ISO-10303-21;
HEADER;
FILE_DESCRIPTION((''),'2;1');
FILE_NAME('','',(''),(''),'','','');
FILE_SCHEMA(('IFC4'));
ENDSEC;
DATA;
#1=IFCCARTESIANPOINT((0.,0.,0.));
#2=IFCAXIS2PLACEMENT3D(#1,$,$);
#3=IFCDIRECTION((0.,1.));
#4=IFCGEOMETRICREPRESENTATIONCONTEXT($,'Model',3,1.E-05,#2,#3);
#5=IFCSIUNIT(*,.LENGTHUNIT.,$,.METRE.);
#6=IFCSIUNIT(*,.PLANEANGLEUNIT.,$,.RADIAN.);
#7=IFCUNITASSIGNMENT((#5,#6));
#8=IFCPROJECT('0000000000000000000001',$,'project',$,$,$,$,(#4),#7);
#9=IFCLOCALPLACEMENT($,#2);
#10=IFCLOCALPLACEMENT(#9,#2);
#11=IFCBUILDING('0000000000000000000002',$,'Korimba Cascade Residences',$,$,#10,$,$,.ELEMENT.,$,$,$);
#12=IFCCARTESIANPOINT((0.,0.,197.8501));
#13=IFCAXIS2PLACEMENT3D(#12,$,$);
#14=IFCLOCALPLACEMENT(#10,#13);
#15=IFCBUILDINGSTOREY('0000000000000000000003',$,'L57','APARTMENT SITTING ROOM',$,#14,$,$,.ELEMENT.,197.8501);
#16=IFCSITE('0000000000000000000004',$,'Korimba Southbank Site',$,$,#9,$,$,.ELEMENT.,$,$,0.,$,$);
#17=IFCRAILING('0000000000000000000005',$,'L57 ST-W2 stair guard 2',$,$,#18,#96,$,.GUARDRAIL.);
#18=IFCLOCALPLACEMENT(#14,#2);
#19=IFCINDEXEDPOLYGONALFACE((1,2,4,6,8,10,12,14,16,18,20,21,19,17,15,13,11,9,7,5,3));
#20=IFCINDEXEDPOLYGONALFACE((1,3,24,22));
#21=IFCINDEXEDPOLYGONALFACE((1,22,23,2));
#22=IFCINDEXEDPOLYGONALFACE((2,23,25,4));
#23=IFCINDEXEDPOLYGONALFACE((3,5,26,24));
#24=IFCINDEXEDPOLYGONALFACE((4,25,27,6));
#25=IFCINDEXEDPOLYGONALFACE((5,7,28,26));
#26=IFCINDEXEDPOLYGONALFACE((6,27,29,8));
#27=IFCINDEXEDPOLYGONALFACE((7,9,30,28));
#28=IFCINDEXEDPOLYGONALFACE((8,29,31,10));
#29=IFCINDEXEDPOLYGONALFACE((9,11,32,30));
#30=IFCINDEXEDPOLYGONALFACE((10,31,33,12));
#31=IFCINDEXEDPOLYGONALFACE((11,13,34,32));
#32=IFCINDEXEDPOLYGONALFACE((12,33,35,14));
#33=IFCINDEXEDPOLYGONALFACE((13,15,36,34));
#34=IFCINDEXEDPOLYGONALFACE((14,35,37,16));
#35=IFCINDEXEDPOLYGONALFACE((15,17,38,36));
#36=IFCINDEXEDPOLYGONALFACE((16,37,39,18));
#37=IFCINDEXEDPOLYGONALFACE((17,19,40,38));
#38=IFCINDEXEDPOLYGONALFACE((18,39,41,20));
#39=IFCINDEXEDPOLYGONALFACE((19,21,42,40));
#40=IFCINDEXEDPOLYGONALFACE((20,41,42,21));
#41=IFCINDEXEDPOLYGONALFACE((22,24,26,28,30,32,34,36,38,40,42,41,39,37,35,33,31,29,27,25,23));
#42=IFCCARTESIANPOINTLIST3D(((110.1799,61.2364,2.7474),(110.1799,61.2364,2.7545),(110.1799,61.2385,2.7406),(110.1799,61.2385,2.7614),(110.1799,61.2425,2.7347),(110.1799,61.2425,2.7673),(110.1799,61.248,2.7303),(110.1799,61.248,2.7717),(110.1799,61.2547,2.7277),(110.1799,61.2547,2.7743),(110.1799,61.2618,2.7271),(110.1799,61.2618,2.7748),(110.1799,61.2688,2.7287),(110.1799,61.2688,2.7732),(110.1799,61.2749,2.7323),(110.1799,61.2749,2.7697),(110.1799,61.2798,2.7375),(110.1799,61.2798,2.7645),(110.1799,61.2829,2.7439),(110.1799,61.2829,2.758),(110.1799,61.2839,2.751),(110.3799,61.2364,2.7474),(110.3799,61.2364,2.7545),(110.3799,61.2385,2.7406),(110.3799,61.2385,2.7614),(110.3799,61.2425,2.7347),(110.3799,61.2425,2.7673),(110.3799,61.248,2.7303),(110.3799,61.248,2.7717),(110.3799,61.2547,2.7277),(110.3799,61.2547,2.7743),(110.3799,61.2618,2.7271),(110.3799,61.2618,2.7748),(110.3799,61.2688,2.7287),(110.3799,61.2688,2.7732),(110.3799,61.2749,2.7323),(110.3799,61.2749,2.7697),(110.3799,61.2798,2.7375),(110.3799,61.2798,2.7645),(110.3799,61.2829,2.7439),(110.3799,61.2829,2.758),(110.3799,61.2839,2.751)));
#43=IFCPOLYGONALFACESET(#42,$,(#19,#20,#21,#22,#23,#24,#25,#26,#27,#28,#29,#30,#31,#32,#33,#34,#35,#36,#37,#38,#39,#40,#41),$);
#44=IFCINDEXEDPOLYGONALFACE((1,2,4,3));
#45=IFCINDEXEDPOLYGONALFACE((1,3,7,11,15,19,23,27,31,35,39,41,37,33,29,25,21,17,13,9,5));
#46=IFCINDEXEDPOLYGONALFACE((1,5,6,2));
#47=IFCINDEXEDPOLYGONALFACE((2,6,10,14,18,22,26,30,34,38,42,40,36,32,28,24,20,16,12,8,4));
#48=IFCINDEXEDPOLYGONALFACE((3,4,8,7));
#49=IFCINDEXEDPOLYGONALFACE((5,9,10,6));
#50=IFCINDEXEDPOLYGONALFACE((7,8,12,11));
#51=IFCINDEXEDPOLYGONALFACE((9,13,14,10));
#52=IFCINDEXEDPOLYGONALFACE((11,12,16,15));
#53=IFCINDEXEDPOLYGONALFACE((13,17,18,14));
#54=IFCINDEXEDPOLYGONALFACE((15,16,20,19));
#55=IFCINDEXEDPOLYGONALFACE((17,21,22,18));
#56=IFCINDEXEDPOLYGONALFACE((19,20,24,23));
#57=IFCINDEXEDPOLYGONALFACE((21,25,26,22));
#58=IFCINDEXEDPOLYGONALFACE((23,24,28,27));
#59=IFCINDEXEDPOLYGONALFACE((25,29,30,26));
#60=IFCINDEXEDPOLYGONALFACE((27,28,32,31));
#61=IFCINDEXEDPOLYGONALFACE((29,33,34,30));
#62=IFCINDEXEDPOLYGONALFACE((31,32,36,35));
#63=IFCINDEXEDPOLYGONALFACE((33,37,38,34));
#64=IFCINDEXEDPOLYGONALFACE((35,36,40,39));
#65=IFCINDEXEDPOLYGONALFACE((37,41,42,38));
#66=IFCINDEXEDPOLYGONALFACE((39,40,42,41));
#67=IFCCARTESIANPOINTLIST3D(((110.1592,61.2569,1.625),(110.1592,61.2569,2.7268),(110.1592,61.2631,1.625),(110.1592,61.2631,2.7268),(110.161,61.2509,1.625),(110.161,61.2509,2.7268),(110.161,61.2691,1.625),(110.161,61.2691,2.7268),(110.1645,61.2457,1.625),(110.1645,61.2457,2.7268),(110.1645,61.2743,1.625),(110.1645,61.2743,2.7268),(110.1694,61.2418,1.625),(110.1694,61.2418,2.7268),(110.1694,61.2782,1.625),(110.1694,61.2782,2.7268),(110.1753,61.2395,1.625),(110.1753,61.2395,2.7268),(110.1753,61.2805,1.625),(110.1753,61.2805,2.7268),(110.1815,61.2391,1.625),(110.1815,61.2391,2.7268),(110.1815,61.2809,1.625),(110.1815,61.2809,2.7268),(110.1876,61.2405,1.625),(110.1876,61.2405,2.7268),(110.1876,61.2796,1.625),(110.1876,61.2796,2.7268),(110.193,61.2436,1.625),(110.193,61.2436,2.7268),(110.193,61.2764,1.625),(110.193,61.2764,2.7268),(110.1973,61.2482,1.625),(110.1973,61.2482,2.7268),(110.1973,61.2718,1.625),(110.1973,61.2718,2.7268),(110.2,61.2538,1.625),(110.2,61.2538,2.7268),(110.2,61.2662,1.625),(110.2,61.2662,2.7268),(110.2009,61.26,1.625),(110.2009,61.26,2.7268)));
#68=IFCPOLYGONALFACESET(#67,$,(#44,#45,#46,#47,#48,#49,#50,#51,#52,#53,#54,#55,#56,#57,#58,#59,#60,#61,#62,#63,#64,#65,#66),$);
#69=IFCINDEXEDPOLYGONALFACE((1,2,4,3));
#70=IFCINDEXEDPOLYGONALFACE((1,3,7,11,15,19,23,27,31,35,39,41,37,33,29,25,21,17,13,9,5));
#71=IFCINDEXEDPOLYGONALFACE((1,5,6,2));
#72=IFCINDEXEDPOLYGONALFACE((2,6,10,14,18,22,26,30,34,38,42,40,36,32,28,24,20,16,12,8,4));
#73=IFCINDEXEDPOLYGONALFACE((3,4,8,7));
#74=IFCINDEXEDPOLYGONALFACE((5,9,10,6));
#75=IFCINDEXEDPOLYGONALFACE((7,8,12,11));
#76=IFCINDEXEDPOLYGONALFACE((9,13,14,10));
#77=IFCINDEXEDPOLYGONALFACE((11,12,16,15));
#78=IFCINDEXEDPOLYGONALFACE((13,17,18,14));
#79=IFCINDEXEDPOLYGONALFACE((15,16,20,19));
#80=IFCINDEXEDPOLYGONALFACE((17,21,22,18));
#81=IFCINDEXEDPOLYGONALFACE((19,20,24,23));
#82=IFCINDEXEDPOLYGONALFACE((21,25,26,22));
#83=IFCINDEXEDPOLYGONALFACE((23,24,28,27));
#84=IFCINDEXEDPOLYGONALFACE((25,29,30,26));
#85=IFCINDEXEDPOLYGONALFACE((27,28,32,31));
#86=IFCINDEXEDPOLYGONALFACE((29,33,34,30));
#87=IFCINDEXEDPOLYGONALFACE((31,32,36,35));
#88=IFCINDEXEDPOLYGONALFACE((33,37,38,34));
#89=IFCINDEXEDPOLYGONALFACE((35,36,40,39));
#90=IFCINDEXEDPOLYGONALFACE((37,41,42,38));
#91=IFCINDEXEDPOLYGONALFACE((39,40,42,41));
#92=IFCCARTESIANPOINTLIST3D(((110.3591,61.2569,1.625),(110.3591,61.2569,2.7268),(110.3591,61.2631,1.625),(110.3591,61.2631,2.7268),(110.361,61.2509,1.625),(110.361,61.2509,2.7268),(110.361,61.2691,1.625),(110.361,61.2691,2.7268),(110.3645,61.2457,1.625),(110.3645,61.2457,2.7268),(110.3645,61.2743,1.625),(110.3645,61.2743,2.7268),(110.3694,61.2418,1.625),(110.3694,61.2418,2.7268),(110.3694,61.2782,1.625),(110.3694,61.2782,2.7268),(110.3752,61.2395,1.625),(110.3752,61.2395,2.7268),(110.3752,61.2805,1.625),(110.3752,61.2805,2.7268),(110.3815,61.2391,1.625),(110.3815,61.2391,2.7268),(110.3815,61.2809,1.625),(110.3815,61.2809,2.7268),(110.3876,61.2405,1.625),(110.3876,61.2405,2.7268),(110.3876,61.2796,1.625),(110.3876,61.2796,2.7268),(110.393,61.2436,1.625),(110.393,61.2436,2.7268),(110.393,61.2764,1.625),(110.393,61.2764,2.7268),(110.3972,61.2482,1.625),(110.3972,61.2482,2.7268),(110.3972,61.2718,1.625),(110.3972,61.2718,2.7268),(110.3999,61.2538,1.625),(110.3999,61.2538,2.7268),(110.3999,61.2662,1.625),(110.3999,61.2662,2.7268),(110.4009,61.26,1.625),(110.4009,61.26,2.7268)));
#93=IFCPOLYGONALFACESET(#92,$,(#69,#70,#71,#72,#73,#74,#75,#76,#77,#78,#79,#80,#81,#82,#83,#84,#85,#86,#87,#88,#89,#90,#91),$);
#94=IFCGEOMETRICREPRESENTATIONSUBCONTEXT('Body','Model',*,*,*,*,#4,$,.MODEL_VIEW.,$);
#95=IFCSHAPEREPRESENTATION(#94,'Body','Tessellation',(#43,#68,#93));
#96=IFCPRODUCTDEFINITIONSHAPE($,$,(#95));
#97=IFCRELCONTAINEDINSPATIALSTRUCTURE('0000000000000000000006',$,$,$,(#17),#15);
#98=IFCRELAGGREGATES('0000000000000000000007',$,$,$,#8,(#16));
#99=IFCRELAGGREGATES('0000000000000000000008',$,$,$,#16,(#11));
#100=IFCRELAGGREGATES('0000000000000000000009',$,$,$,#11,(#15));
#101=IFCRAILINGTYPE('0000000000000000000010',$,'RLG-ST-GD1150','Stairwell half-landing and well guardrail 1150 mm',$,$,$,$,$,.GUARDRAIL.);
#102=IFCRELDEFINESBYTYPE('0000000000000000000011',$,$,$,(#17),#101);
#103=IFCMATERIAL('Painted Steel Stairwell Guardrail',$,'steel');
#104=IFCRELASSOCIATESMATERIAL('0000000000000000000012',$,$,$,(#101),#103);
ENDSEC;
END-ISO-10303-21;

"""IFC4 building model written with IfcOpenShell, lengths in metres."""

from ifc_helpers import new_model, si_unit, direction, frame, origin, origin_2d, place, context, subcontext, project, spatial, circle, extrude, material, type_object, element, save


model = new_model("IFC4")

# Units and contexts
model_context = context("Model", 3, precision=1e-05, world=origin(), true_north=direction((0.0, 1.0)))
body_context = subcontext(model_context, "Body", "Model", "MODEL_VIEW")
ifc_project = project(units=[si_unit("LENGTHUNIT", "METRE"), si_unit("PLANEANGLEUNIT", "RADIAN")], contexts=[model_context])

# Site, building, storey
site_placement = place(None, origin())
site = spatial("IfcSite", under=ifc_project, at=site_placement, Name="Korimba Southbank Site", CompositionType="ELEMENT", RefElevation=0.0)
building_placement = place(site_placement, origin())
building = spatial("IfcBuilding", under=site, at=building_placement, Name="Korimba Cascade Residences", CompositionType="ELEMENT")
storey_placement = place(building_placement, frame((0.0, 0.0, 197.8501)))
storey = spatial("IfcBuildingStorey", under=building, at=storey_placement, Name="L57", Description="APARTMENT SITTING ROOM", CompositionType="ELEMENT", Elevation=197.8501)

# Railing
ifc_material_1 = material(Name="Painted Steel Stairwell Guardrail", Category="steel")
railing_type_1 = type_object("IfcRailingType", Name="RLG-ST-GD1150", Description="Stairwell half-landing and well guardrail 1150 mm", PredefinedType="GUARDRAIL", material=ifc_material_1)
railing_1_placement = place(storey_placement, frame((110.1799, 61.26, 1.625)))
element("IfcRailing", 1, at=railing_1_placement, inside=storey, type_object=railing_type_1, Name="L57 ST-W2 stair guard 2", PredefinedType="GUARDRAIL", context=body_context, shape_type="SweptSolid", body=[
    extrude(circle(Radius=0.0239, at=origin_2d()), frame((0.0, 0.0, 1.126), z_axis=(1.0, 0.0, 0.0), x_axis=(0.0, 1.0, 0.0)), (0.0, 0.0, 1.0), 0.2),
    extrude(circle(Radius=0.021, at=origin_2d()), origin(), (0.0, 0.0, 1.0), 1.1018),
    extrude(circle(Radius=0.021, at=origin_2d()), frame((0.2, 0.0, 0.0)), (0.0, 0.0, 1.0), 1.1018),
])

save(model, "model.ifc")
